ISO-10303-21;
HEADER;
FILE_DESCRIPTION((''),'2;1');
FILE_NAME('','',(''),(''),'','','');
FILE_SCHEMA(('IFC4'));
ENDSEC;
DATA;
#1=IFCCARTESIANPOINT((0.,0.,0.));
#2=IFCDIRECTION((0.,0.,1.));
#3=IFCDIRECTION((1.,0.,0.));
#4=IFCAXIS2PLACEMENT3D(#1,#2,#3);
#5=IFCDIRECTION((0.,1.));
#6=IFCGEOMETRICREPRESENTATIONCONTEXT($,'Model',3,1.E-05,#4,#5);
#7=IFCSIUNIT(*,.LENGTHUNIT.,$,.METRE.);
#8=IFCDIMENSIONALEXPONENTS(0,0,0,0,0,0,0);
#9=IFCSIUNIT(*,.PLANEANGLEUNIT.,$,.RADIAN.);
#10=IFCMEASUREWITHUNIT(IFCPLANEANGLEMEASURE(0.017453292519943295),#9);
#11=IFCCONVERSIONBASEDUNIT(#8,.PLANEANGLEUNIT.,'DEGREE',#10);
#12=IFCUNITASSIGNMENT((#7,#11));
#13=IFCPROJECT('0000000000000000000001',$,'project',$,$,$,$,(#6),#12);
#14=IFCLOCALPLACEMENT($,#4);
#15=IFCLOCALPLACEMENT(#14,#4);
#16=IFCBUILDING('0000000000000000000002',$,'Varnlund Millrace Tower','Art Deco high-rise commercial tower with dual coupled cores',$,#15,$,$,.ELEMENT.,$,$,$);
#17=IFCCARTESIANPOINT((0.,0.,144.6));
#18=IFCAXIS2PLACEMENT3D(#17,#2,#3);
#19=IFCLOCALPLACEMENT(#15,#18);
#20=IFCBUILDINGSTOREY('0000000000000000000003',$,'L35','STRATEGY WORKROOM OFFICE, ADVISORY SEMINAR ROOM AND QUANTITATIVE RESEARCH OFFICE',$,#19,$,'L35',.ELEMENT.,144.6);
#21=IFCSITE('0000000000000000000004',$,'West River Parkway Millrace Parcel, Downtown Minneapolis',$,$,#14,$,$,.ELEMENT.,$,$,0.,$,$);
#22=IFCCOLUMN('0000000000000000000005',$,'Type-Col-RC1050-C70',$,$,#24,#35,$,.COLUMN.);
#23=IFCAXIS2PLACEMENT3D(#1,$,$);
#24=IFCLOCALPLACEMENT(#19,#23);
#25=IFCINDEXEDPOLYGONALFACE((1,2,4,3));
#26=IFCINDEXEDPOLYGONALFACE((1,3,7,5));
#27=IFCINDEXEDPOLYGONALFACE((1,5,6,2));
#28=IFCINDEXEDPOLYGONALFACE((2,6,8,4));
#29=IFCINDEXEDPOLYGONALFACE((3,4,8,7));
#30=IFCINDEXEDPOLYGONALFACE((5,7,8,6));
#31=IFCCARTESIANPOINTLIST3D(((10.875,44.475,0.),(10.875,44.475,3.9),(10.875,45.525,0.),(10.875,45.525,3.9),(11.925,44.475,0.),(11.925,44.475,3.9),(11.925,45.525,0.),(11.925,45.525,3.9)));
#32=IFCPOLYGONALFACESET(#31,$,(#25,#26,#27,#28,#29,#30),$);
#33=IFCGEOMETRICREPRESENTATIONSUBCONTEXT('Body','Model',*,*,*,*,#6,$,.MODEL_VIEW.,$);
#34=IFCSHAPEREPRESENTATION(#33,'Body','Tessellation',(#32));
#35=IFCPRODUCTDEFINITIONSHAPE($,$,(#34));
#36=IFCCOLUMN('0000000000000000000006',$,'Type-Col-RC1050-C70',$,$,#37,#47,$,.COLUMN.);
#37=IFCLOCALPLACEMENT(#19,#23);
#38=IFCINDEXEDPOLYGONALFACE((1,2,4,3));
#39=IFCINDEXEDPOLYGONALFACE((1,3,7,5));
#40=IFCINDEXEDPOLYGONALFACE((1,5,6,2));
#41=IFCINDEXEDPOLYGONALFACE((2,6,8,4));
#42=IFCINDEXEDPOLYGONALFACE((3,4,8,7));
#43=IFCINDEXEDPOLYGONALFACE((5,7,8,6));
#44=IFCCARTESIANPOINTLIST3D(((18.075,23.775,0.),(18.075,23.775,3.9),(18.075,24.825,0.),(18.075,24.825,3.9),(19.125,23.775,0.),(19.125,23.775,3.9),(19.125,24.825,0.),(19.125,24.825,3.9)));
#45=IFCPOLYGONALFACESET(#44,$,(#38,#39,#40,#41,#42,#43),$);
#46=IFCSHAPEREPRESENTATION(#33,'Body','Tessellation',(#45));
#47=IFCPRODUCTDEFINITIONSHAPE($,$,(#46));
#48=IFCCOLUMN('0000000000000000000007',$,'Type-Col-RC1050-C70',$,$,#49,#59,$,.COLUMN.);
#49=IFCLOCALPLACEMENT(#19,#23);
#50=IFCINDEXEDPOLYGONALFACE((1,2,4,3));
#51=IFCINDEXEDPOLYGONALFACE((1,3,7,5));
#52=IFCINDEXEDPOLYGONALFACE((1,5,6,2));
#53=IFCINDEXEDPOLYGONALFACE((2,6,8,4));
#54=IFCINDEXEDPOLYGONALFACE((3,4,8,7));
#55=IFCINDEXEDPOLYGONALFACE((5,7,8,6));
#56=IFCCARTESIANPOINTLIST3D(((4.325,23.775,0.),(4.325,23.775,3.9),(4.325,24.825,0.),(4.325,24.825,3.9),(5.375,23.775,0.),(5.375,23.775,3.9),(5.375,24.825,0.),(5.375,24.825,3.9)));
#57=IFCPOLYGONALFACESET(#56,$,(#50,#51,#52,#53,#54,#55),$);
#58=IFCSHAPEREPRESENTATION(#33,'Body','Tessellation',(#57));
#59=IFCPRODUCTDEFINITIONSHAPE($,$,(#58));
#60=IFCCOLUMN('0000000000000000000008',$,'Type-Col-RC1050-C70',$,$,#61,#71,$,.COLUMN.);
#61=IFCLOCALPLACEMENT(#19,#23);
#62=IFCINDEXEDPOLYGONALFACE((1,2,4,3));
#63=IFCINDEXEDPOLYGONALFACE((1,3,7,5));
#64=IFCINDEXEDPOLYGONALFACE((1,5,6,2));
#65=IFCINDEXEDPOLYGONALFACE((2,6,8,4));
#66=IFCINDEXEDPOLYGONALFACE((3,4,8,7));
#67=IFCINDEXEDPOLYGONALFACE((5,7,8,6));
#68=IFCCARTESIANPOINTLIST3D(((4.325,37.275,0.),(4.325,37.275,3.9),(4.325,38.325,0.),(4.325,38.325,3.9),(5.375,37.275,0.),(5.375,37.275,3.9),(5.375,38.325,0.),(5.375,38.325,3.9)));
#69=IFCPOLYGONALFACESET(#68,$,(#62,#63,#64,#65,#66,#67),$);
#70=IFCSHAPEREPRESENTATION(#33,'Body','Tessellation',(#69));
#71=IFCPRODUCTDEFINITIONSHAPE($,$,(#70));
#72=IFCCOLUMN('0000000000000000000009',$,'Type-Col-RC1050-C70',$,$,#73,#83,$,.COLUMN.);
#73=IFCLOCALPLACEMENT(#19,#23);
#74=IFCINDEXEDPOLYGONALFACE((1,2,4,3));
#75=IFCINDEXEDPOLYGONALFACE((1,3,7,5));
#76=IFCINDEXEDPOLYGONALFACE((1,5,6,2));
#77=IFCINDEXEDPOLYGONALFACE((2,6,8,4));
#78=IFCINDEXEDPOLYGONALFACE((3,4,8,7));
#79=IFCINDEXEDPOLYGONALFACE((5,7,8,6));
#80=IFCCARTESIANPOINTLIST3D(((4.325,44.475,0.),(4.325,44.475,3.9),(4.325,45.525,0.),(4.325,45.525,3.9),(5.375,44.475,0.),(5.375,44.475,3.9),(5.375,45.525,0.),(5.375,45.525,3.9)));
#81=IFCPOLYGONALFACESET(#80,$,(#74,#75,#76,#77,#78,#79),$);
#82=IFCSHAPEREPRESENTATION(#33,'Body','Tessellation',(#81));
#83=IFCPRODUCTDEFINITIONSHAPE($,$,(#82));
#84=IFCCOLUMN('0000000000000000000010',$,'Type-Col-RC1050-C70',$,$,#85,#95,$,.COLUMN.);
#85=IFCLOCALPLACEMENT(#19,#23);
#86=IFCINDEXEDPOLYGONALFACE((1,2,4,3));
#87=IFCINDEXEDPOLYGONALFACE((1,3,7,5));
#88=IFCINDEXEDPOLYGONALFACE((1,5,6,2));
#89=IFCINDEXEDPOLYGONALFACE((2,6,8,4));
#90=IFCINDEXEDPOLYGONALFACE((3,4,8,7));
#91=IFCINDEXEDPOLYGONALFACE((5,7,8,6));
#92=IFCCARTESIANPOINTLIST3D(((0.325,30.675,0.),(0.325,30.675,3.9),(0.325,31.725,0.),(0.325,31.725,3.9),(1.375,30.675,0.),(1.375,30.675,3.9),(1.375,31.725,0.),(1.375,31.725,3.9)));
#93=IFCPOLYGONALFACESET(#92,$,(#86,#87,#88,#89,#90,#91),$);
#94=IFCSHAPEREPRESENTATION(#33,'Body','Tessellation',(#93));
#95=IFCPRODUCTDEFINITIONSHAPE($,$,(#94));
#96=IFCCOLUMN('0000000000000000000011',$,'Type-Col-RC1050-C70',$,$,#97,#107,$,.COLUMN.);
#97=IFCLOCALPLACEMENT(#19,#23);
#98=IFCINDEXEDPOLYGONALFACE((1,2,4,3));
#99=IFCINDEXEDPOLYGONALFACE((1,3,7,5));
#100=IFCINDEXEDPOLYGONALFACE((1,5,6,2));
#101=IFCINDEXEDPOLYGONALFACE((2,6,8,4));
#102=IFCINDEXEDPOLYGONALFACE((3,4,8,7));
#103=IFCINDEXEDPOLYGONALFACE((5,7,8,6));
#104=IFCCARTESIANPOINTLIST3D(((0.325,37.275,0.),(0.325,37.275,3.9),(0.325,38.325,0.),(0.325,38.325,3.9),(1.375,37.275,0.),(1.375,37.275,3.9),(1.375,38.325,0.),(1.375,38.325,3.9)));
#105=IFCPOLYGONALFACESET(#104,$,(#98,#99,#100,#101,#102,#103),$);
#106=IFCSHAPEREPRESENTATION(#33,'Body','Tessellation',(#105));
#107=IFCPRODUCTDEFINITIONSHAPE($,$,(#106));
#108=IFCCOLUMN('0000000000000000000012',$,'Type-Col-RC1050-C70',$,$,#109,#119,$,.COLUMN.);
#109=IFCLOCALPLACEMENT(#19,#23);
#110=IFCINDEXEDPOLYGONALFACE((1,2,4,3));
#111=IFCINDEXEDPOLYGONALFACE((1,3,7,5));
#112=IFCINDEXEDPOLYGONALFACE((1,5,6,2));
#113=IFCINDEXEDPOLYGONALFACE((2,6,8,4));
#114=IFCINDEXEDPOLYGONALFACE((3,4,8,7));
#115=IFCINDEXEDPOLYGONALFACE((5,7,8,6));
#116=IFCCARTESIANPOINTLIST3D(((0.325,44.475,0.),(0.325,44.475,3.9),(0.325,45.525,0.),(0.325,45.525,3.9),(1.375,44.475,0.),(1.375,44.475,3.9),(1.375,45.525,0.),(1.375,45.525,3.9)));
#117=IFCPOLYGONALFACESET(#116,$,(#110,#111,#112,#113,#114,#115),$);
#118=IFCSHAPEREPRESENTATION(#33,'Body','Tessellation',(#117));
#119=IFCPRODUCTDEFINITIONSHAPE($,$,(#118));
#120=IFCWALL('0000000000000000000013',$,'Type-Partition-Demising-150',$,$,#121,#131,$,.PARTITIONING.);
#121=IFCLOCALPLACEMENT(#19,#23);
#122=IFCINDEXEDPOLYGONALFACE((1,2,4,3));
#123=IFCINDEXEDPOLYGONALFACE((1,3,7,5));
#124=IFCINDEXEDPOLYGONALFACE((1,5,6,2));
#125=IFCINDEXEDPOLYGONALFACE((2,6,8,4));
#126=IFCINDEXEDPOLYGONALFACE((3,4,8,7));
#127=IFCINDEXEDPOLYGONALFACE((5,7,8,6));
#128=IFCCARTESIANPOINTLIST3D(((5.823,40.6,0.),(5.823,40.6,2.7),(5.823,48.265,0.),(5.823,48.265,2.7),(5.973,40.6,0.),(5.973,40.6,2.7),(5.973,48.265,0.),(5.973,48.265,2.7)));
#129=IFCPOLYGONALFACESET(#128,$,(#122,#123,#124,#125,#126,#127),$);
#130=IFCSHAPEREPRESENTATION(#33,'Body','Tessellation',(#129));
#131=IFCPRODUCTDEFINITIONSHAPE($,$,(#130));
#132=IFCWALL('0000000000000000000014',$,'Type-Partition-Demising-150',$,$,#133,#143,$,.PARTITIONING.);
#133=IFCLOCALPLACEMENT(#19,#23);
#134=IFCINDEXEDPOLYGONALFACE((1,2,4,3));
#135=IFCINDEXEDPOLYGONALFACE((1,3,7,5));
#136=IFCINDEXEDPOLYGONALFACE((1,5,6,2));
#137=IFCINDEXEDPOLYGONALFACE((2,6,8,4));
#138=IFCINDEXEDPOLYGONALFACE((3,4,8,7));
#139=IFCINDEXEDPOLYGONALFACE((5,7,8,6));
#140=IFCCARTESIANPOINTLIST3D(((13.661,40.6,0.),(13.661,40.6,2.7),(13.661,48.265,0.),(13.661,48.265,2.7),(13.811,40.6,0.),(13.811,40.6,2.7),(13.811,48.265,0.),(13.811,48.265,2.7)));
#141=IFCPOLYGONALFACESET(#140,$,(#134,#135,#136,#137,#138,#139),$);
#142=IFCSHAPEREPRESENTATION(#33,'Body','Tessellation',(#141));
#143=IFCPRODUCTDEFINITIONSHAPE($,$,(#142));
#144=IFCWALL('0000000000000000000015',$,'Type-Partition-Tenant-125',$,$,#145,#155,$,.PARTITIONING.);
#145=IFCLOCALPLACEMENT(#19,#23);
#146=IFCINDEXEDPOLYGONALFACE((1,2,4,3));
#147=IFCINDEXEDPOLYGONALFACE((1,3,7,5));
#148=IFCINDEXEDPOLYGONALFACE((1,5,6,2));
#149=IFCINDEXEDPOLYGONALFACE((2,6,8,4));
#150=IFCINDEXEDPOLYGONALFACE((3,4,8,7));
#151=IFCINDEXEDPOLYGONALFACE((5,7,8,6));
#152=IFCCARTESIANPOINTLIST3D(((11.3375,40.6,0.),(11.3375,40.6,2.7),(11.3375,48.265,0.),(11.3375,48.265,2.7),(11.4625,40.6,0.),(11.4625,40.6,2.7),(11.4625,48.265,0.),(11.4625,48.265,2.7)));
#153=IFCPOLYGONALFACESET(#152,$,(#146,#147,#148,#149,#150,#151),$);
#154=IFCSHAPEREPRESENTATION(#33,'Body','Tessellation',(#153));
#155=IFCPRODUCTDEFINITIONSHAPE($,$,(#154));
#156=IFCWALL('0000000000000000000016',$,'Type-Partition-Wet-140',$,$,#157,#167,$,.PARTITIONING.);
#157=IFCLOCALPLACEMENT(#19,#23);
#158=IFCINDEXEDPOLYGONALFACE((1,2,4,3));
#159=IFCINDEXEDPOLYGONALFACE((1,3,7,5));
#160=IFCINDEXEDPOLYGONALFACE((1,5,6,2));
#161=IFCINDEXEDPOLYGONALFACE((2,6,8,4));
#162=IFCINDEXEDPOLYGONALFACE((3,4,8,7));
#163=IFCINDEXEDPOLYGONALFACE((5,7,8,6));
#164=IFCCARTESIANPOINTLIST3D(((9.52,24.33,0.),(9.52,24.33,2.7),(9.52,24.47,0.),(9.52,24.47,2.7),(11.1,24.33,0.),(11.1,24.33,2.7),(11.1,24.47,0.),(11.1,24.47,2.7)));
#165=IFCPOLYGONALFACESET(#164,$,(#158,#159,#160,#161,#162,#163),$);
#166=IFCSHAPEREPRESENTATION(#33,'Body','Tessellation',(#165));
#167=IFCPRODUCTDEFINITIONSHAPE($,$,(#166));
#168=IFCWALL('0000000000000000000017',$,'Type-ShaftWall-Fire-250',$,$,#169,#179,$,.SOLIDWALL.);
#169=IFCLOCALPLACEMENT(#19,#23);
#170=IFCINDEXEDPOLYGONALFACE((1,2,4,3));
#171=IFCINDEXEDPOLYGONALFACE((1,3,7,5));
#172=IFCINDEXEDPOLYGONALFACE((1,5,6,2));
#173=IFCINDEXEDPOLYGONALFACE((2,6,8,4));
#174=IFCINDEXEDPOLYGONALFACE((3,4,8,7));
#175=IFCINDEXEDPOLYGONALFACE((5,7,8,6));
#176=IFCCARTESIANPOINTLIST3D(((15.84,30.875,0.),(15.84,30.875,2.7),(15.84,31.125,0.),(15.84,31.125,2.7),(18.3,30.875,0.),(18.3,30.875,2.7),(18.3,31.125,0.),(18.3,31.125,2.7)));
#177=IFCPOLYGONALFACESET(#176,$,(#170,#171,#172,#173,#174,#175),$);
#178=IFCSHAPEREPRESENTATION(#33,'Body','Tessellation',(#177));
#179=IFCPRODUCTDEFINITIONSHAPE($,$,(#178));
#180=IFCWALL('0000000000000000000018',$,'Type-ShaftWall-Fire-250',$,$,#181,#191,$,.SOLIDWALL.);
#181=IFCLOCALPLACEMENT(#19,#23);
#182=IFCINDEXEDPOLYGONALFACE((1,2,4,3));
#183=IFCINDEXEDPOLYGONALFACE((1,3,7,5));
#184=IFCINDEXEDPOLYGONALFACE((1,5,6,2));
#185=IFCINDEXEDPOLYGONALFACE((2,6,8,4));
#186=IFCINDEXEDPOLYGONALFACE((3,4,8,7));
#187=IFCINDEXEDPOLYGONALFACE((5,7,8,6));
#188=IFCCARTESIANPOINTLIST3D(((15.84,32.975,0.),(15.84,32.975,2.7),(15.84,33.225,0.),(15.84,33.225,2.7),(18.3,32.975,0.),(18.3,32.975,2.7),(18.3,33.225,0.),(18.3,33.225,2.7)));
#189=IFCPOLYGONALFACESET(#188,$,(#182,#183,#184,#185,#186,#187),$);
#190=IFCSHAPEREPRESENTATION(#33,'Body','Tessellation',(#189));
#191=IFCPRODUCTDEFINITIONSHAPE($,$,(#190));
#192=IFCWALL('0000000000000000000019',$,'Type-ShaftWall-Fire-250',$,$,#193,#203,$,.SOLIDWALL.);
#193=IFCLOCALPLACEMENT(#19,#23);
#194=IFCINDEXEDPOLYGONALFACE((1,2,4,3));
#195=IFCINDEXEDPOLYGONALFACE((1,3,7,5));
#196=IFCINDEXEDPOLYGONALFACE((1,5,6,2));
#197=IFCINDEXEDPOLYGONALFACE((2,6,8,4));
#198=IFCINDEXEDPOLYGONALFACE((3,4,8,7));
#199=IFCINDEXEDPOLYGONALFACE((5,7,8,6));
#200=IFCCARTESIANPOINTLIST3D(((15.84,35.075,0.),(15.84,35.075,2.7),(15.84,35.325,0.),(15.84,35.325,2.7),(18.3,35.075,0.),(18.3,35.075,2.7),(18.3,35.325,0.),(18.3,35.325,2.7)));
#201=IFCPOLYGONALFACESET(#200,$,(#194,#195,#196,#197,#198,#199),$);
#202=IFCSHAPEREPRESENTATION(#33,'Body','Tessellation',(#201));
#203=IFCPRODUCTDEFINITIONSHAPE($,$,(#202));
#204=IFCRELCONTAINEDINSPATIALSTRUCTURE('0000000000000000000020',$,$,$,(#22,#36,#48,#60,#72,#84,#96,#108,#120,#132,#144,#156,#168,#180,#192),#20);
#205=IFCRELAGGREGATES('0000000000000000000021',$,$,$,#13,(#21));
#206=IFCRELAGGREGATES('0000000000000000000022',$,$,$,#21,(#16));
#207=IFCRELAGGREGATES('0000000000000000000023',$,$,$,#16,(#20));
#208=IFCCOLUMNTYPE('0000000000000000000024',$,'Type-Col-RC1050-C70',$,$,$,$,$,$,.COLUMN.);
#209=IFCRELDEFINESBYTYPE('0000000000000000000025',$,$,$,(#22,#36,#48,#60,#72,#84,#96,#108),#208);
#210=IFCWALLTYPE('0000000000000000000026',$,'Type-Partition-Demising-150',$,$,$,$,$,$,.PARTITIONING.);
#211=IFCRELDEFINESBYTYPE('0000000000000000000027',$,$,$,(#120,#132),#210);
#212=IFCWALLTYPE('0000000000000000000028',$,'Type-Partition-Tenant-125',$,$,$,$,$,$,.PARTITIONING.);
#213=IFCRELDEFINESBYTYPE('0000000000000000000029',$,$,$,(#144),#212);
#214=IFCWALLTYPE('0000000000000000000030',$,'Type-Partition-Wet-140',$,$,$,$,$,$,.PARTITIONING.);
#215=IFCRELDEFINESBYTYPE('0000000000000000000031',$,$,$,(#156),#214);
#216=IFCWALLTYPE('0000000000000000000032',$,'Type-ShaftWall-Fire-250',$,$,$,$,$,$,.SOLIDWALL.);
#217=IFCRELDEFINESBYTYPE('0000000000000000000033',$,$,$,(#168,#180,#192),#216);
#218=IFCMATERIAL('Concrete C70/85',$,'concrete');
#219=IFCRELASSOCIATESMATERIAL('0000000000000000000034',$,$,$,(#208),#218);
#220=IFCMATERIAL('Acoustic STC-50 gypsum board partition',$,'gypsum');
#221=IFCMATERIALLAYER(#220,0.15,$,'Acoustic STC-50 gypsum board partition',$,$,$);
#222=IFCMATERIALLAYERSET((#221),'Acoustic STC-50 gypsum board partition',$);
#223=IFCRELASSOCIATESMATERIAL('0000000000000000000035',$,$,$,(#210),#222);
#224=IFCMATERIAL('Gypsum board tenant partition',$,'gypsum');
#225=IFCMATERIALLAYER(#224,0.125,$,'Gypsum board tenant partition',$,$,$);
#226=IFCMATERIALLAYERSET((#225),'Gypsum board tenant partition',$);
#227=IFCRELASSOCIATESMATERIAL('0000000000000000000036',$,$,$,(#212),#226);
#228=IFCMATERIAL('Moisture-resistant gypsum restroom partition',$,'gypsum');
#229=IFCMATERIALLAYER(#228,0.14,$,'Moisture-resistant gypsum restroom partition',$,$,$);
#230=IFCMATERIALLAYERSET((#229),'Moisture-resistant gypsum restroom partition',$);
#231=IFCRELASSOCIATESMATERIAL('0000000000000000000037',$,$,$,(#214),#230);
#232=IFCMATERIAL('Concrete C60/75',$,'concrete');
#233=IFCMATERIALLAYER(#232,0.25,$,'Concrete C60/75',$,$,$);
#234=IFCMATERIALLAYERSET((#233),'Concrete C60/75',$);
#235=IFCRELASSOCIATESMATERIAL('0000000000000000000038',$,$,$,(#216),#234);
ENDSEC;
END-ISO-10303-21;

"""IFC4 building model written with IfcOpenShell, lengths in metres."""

from ifc_helpers import new_model, entity, si_unit, converted_unit, direction, frame, origin_with_axes, origin_2d_with_axis, place, context, subcontext, project, spatial, polyline, rectangle, outline, extrude, material, layer, layer_set, material_profile, profile_set, type_object, element, save


model = new_model("IFC4")

# Units and contexts
model_context = context("Model", 3, precision=1e-05, world=origin_with_axes(), true_north=direction((0.0, 1.0)))
body_context = subcontext(model_context, "Body", "Model", "MODEL_VIEW")
ifc_project = project(units=[si_unit("LENGTHUNIT", "METRE"), converted_unit("PLANEANGLEUNIT", "DEGREE", entity("IfcPlaneAngleMeasure", 0.017453292519943295), si_unit("PLANEANGLEUNIT", "RADIAN"), dimensions=[0, 0, 0, 0, 0, 0, 0])], contexts=[model_context])

# Site, building, storey
site_placement = place(None, origin_with_axes())
site = spatial("IfcSite", under=ifc_project, at=site_placement, Name="West River Parkway Millrace Parcel, Downtown Minneapolis", CompositionType="ELEMENT", RefElevation=0.0)
building_placement = place(site_placement, origin_with_axes())
building = spatial("IfcBuilding", under=site, at=building_placement, Name="Varnlund Millrace Tower", Description="Art Deco high-rise commercial tower with dual coupled cores", CompositionType="ELEMENT")
storey_placement = place(building_placement, frame((0.0, 0.0, 144.6), z_axis=(0.0, 0.0, 1.0), x_axis=(1.0, 0.0, 0.0)))
storey = spatial("IfcBuildingStorey", under=building, at=storey_placement, Name="L35", Description="STRATEGY WORKROOM OFFICE, ADVISORY SEMINAR ROOM AND QUANTITATIVE RESEARCH OFFICE", LongName="L35", CompositionType="ELEMENT", Elevation=144.6)

# Columns
ifc_material_1 = material(Name="Concrete C70/85", Category="concrete")
ifc_material_profile = material_profile(ifc_material_1, rectangle(XDim=1.05, YDim=1.05, at=origin_2d_with_axis()), Name="Concrete C70/85")
ifc_profile_set = profile_set([ifc_material_profile], Name="Concrete C70/85")
column_type = type_object("IfcColumnType", Name="Type-Col-RC1050-C70", PredefinedType="COLUMN", material=ifc_profile_set)
for number, where, z_axis, x_axis, name in (
    (1, (11.4, 45.0, 0.0), (0.0, 0.0, 1.0), (1.0, 0.0, 0.0), "Type-Col-RC1050-C70"),
    (2, (18.6, 24.3, 0.0), (0.0, 0.0, 1.0), (1.0, 0.0, 0.0), "Type-Col-RC1050-C70"),
    (3, (4.85, 24.3, 0.0), (0.0, 0.0, 1.0), (1.0, 0.0, 0.0), "Type-Col-RC1050-C70"),
    (4, (4.85, 37.8, 0.0), (0.0, 0.0, 1.0), (1.0, 0.0, 0.0), "Type-Col-RC1050-C70"),
    (5, (4.85, 45.0, 0.0), (0.0, 0.0, 1.0), (1.0, 0.0, 0.0), "Type-Col-RC1050-C70"),
    (6, (0.85, 31.2, 0.0), (0.0, 0.0, 1.0), (1.0, 0.0, 0.0), "Type-Col-RC1050-C70"),
    (7, (0.85, 37.8, 0.0), (0.0, 0.0, 1.0), (1.0, 0.0, 0.0), "Type-Col-RC1050-C70"),
    (8, (0.85, 45.0, 0.0), (0.0, 0.0, 1.0), (1.0, 0.0, 0.0), "Type-Col-RC1050-C70"),
):
    element("IfcColumn", number, at=place(storey_placement, frame(where, z_axis=z_axis, x_axis=x_axis)), inside=storey, type_object=column_type, Name=name, PredefinedType="COLUMN", context=body_context, shape_type="SweptSolid", body=[
        extrude(rectangle(XDim=1.05, YDim=1.05, at=origin_2d_with_axis()), origin_with_axes(), (0.0, 0.0, 1.0), 3.9),
    ])

# Walls
ifc_material_2 = material(Name="Acoustic STC-50 gypsum board partition", Category="gypsum")
ifc_layer_1 = layer(ifc_material_2, 0.15, Name="Acoustic STC-50 gypsum board partition")
ifc_layer_set_1 = layer_set([ifc_layer_1], Name="Acoustic STC-50 gypsum board partition")
wall_type_1 = type_object("IfcWallType", Name="Type-Partition-Demising-150", PredefinedType="PARTITIONING", material=ifc_layer_set_1)
for number, where, z_axis, x_axis, name in (
    (9, (5.898, 40.6, 0.0), (0.0, 0.0, 1.0), (0.0, 1.0, 0.0), "Type-Partition-Demising-150"),
    (10, (13.736, 40.6, 0.0), (0.0, 0.0, 1.0), (0.0, 1.0, 0.0), "Type-Partition-Demising-150"),
):
    element("IfcWall", number, at=place(storey_placement, frame(where, z_axis=z_axis, x_axis=x_axis)), inside=storey, type_object=wall_type_1, Name=name, PredefinedType="PARTITIONING", context=body_context, shape_type="SweptSolid", body=[
        extrude(outline(polyline([(0.0, -0.075), (7.665, -0.075), (7.665, 0.075), (0.0, 0.075), (0.0, -0.075)])), origin_with_axes(), (0.0, 0.0, 1.0), 2.7),
    ])
ifc_material_3 = material(Name="Gypsum board tenant partition", Category="gypsum")
ifc_layer_2 = layer(ifc_material_3, 0.125, Name="Gypsum board tenant partition")
ifc_layer_set_2 = layer_set([ifc_layer_2], Name="Gypsum board tenant partition")
wall_type_2 = type_object("IfcWallType", Name="Type-Partition-Tenant-125", PredefinedType="PARTITIONING", material=ifc_layer_set_2)
wall_1_placement = place(storey_placement, frame((11.4, 40.6, 0.0), z_axis=(0.0, 0.0, 1.0), x_axis=(0.0, 1.0, 0.0)))
element("IfcWall", 11, at=wall_1_placement, inside=storey, type_object=wall_type_2, Name="Type-Partition-Tenant-125", PredefinedType="PARTITIONING", context=body_context, shape_type="SweptSolid", body=[
    extrude(outline(polyline([(0.0, -0.0625), (7.665, -0.0625), (7.665, 0.0625), (0.0, 0.0625), (0.0, -0.0625)])), origin_with_axes(), (0.0, 0.0, 1.0), 2.7),
])
ifc_material_4 = material(Name="Moisture-resistant gypsum restroom partition", Category="gypsum")
ifc_layer_3 = layer(ifc_material_4, 0.14, Name="Moisture-resistant gypsum restroom partition")
ifc_layer_set_3 = layer_set([ifc_layer_3], Name="Moisture-resistant gypsum restroom partition")
wall_type_3 = type_object("IfcWallType", Name="Type-Partition-Wet-140", PredefinedType="PARTITIONING", material=ifc_layer_set_3)
wall_2_placement = place(storey_placement, frame((9.52, 24.4, 0.0), z_axis=(0.0, 0.0, 1.0), x_axis=(1.0, 0.0, 0.0)))
element("IfcWall", 12, at=wall_2_placement, inside=storey, type_object=wall_type_3, Name="Type-Partition-Wet-140", PredefinedType="PARTITIONING", context=body_context, shape_type="SweptSolid", body=[
    extrude(outline(polyline([(0.0, -0.07), (1.58, -0.07), (1.58, 0.07), (0.0, 0.07), (0.0, -0.07)])), origin_with_axes(), (0.0, 0.0, 1.0), 2.7),
])
ifc_material_5 = material(Name="Concrete C60/75", Category="concrete")
ifc_layer_4 = layer(ifc_material_5, 0.25, Name="Concrete C60/75")
ifc_layer_set_4 = layer_set([ifc_layer_4], Name="Concrete C60/75")
wall_type_4 = type_object("IfcWallType", Name="Type-ShaftWall-Fire-250", PredefinedType="SOLIDWALL", material=ifc_layer_set_4)
for number, where, z_axis, x_axis, name in (
    (13, (15.84, 31.0, 0.0), (0.0, 0.0, 1.0), (1.0, 0.0, 0.0), "Type-ShaftWall-Fire-250"),
    (14, (15.84, 33.1, 0.0), (0.0, 0.0, 1.0), (1.0, 0.0, 0.0), "Type-ShaftWall-Fire-250"),
    (15, (15.84, 35.2, 0.0), (0.0, 0.0, 1.0), (1.0, 0.0, 0.0), "Type-ShaftWall-Fire-250"),
):
    element("IfcWall", number, at=place(storey_placement, frame(where, z_axis=z_axis, x_axis=x_axis)), inside=storey, type_object=wall_type_4, Name=name, PredefinedType="SOLIDWALL", context=body_context, shape_type="SweptSolid", body=[
        extrude(outline(polyline([(0.0, -0.125), (2.46, -0.125), (2.46, 0.125), (0.0, 0.125), (0.0, -0.125)])), origin_with_axes(), (0.0, 0.0, 1.0), 2.7),
    ])

save(model, "model.ifc")
